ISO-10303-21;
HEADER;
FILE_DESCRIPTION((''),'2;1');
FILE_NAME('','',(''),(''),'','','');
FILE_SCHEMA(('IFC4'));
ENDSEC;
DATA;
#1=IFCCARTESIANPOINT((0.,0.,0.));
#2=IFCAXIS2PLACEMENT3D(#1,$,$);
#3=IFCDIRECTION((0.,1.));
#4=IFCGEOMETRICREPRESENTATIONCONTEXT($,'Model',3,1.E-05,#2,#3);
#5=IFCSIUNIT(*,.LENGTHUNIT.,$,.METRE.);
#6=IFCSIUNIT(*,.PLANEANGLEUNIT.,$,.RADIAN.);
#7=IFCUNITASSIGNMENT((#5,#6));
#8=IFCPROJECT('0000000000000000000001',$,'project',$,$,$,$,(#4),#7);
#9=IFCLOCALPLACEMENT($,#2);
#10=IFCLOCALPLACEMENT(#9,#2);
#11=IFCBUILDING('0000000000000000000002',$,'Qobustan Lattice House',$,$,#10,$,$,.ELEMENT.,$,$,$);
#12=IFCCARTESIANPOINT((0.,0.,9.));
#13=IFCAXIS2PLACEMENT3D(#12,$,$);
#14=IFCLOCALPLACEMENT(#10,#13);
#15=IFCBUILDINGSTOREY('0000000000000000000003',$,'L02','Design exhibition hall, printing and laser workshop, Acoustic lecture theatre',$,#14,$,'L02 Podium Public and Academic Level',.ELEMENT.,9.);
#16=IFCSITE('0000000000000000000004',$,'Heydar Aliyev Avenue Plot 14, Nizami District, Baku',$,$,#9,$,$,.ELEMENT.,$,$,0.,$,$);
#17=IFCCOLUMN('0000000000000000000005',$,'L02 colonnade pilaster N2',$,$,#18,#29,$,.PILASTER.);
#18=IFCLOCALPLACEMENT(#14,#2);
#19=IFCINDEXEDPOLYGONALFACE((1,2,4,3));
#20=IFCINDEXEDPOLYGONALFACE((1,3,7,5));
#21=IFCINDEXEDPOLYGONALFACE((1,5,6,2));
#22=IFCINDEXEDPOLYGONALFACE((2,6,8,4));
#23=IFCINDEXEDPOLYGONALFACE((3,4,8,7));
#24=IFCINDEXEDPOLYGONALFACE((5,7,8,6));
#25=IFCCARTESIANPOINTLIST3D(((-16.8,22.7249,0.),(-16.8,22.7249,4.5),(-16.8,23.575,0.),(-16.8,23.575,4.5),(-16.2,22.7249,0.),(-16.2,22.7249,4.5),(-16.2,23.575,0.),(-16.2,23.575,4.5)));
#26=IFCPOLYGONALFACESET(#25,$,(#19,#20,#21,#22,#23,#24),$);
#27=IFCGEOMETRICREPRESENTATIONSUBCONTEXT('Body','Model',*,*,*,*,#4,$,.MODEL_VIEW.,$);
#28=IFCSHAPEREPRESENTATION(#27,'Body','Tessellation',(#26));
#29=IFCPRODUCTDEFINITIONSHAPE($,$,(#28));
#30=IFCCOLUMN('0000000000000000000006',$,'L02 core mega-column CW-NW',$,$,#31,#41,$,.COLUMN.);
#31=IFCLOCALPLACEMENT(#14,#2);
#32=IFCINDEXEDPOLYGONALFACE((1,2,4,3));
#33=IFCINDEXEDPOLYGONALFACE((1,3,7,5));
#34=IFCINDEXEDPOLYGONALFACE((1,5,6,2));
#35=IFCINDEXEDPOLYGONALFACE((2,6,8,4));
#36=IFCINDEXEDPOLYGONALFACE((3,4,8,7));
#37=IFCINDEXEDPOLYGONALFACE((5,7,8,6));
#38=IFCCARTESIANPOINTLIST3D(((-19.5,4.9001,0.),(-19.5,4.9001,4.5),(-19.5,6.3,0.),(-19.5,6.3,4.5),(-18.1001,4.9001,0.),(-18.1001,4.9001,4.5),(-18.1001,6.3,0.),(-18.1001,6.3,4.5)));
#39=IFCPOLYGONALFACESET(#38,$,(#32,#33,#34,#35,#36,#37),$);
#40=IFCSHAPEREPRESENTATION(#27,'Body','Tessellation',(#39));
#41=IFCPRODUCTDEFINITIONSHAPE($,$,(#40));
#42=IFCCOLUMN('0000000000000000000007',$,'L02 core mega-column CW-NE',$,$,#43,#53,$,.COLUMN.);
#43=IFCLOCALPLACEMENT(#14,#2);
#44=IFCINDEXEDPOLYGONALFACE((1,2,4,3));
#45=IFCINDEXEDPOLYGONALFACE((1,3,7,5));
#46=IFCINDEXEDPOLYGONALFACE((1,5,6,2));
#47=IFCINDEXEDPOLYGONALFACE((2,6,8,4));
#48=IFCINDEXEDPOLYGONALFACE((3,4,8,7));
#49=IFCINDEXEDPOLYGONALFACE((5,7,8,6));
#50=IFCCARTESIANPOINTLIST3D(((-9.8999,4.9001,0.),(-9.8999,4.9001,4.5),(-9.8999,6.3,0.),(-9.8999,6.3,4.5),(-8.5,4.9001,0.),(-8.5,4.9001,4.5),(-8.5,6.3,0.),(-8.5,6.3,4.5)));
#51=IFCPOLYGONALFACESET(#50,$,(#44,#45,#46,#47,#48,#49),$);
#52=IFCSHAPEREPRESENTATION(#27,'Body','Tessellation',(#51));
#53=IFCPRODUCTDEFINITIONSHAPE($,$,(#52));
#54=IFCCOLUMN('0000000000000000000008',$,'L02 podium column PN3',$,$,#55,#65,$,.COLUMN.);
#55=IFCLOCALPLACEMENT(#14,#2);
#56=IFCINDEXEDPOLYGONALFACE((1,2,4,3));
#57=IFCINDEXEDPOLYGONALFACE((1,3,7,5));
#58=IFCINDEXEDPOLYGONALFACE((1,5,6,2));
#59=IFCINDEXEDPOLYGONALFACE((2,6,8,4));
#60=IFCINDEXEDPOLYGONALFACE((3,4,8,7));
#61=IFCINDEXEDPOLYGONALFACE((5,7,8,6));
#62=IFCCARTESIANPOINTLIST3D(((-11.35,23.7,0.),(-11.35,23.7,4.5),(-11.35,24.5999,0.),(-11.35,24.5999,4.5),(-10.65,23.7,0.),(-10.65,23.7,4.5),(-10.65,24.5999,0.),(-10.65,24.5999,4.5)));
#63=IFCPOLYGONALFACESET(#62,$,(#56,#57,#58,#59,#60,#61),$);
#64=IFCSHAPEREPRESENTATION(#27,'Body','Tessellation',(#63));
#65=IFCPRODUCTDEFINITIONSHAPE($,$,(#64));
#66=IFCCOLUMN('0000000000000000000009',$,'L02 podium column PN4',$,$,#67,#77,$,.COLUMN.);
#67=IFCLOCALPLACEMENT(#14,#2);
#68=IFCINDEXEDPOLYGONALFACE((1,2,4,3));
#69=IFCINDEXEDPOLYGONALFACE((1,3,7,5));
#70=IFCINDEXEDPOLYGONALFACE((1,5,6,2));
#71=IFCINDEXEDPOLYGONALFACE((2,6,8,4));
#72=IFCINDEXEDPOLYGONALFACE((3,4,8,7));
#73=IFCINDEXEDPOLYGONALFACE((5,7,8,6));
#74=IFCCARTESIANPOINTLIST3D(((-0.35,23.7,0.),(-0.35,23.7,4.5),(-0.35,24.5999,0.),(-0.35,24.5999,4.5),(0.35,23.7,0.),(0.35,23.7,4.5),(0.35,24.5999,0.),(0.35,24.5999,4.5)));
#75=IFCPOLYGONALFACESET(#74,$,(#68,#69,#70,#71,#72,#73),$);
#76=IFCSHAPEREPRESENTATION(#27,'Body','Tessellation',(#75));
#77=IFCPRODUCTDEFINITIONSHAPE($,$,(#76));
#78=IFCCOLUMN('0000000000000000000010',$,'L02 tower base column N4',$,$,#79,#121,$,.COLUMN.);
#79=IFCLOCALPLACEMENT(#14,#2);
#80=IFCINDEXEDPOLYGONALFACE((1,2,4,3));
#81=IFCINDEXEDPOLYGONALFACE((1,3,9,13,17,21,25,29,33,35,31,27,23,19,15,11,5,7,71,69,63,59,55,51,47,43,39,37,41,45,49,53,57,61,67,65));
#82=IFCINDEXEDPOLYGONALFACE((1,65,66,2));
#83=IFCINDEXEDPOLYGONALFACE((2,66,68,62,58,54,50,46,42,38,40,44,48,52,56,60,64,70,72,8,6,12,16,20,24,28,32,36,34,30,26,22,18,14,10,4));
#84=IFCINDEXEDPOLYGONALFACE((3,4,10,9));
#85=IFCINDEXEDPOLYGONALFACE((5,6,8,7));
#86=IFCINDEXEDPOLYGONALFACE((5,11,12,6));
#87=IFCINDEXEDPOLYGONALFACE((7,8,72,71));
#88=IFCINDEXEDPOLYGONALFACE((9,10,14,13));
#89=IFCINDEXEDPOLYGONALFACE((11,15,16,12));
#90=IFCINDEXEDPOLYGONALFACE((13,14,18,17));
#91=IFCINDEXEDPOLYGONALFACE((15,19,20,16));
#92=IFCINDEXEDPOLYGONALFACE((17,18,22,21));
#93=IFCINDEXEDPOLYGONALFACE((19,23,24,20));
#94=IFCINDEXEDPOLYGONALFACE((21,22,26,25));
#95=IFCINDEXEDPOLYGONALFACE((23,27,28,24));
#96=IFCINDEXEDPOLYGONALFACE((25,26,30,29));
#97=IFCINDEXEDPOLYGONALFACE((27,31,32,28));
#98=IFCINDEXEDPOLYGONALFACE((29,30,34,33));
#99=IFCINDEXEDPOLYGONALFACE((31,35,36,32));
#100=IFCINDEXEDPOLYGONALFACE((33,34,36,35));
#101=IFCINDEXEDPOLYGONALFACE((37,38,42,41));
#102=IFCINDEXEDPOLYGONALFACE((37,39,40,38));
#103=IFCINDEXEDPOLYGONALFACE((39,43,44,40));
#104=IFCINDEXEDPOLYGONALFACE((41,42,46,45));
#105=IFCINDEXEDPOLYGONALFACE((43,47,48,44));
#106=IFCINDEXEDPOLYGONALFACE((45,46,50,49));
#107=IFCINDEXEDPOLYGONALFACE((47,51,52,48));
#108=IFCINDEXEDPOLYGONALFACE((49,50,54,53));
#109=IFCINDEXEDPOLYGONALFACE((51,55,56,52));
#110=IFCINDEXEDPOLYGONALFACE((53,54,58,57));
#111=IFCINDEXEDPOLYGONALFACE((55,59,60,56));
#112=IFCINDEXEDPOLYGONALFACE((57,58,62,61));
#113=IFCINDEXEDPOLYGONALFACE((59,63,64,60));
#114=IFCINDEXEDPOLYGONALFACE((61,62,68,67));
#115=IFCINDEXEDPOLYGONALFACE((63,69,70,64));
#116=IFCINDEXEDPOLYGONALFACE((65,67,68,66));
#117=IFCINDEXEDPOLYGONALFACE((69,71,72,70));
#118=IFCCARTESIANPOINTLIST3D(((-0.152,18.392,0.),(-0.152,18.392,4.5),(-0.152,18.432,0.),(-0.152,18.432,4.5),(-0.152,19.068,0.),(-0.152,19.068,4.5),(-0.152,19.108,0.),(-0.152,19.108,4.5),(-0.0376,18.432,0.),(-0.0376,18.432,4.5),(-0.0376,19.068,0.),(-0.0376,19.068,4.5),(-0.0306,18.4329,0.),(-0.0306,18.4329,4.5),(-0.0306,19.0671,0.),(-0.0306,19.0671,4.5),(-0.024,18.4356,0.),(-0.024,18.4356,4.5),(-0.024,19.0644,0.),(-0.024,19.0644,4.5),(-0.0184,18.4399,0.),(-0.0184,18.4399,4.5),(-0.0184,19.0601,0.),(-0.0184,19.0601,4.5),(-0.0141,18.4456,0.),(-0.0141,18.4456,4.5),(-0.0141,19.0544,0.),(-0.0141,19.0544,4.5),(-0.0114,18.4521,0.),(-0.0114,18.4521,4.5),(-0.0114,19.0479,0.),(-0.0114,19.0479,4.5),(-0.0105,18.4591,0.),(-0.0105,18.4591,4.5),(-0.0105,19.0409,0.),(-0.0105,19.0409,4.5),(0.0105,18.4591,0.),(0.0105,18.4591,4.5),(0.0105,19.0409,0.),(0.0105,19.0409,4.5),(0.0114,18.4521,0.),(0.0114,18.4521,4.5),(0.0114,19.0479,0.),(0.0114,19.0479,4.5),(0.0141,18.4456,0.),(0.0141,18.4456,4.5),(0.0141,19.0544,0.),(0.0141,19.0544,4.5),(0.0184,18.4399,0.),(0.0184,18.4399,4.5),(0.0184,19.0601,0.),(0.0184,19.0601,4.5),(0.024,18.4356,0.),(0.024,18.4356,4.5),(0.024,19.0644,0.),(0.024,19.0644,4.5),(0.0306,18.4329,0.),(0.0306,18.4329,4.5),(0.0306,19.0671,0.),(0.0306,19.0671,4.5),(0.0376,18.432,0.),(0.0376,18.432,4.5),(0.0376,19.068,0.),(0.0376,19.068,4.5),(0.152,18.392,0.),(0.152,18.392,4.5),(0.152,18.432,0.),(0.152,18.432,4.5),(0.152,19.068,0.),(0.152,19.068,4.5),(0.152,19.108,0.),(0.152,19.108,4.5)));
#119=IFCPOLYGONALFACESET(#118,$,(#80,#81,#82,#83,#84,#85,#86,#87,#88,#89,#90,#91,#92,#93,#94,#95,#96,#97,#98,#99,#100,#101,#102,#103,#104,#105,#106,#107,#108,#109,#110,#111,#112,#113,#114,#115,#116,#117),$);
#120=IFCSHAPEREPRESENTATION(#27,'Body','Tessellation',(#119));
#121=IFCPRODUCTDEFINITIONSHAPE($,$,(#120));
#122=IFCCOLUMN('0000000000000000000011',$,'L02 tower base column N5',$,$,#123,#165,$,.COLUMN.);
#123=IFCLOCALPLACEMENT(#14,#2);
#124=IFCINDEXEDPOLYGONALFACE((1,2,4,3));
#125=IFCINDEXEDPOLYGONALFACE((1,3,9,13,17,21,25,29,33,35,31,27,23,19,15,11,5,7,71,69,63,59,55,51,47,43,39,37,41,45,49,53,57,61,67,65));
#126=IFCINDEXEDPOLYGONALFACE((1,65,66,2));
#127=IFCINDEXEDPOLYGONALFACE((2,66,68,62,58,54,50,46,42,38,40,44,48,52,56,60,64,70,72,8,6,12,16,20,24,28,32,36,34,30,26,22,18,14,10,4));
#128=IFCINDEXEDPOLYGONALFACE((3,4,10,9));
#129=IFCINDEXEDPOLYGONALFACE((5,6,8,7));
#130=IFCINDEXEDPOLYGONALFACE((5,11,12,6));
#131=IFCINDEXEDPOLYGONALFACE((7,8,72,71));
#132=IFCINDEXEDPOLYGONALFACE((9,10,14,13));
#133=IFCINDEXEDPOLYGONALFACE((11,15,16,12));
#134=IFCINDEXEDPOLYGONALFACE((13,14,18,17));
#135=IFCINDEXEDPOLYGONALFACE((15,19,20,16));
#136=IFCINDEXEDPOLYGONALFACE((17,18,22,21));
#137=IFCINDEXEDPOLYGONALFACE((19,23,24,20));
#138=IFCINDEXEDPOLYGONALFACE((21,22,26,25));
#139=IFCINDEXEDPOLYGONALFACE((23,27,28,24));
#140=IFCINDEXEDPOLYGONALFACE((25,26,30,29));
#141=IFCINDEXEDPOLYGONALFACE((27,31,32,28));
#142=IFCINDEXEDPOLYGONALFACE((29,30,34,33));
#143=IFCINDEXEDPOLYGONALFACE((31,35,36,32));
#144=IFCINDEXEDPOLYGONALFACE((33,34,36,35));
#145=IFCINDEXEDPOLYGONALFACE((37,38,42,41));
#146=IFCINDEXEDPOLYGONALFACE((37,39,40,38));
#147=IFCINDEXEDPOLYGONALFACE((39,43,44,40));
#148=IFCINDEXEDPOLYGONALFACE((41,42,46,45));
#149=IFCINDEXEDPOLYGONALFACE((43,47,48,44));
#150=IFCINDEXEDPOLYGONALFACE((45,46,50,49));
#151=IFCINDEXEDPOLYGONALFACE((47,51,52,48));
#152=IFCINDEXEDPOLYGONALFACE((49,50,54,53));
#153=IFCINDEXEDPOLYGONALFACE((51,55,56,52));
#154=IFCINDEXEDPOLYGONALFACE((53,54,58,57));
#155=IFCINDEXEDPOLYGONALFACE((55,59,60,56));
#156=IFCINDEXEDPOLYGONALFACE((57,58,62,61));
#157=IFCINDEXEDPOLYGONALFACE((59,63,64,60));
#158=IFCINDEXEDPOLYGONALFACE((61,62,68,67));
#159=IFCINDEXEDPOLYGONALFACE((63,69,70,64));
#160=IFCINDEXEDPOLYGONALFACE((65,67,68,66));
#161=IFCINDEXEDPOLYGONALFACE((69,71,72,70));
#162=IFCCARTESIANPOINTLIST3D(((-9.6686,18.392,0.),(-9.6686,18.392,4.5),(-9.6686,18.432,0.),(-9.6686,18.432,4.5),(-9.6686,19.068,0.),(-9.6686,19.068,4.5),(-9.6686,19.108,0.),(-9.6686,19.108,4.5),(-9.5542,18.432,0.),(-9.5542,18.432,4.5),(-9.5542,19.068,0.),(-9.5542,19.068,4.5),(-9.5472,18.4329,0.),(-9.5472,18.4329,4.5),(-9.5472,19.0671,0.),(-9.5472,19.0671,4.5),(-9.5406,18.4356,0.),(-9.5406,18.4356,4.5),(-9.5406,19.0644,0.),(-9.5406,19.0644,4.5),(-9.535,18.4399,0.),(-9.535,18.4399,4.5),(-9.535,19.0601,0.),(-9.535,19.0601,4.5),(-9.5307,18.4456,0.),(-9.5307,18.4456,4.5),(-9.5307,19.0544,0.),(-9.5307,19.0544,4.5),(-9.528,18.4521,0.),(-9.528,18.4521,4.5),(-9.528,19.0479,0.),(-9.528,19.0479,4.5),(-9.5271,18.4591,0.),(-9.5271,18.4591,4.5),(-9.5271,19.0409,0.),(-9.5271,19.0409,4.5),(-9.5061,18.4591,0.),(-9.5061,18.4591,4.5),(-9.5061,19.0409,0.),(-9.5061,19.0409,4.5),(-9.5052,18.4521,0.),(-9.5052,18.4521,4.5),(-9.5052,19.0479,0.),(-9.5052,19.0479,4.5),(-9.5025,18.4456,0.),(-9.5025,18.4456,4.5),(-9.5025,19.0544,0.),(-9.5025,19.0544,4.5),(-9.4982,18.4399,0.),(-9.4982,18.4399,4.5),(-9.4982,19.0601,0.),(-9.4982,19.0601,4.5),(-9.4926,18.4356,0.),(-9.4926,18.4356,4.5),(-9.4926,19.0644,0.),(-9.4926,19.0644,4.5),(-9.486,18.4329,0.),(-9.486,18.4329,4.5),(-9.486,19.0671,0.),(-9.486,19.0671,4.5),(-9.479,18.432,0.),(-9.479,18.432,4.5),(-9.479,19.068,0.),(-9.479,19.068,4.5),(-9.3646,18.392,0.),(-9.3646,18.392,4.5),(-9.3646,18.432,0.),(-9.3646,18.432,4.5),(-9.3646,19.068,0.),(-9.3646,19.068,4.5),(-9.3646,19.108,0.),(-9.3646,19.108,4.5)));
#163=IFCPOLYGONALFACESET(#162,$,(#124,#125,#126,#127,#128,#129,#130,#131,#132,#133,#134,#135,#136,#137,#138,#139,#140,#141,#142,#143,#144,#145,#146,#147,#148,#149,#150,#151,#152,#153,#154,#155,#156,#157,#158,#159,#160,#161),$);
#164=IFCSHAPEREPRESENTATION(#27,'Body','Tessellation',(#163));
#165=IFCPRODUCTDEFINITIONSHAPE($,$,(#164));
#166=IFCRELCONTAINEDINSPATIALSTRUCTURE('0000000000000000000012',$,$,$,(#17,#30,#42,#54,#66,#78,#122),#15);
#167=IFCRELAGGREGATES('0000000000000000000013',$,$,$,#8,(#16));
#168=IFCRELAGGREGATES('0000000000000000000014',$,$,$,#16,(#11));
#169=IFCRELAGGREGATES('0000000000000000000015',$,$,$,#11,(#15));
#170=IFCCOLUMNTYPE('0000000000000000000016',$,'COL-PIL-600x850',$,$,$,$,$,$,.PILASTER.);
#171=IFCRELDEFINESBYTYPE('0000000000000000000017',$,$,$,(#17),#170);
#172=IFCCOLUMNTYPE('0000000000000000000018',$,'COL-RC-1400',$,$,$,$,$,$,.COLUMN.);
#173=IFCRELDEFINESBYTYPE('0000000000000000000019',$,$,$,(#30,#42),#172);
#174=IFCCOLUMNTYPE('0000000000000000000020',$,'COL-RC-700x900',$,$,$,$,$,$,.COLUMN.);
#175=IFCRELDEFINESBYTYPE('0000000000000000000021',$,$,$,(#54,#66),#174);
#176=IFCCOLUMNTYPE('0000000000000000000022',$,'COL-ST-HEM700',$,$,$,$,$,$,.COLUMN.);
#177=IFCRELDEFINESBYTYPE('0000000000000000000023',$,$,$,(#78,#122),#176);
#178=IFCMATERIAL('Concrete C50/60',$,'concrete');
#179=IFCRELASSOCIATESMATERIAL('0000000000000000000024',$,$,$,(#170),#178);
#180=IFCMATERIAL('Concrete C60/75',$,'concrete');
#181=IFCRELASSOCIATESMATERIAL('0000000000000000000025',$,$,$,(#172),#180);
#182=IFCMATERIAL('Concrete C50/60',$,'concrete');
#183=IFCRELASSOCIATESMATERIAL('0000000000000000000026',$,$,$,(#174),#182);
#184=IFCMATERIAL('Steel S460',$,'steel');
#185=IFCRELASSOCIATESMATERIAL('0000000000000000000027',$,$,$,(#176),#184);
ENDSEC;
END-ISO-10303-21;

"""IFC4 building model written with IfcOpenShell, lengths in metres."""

from ifc_helpers import new_model, si_unit, direction, frame, origin, origin_2d, place, context, subcontext, project, spatial, rectangle, i_section, extrude, material, material_profile, profile_set, type_object, element, save


model = new_model("IFC4")

# Units and contexts
model_context = context("Model", 3, precision=1e-05, world=origin(), true_north=direction((0.0, 1.0)))
body_context = subcontext(model_context, "Body", "Model", "MODEL_VIEW")
ifc_project = project(units=[si_unit("LENGTHUNIT", "METRE"), si_unit("PLANEANGLEUNIT", "RADIAN")], contexts=[model_context])

# Site, building, storey
site_placement = place(None, origin())
site = spatial("IfcSite", under=ifc_project, at=site_placement, Name="Heydar Aliyev Avenue Plot 14, Nizami District, Baku", CompositionType="ELEMENT", RefElevation=0.0)
building_placement = place(site_placement, origin())
building = spatial("IfcBuilding", under=site, at=building_placement, Name="Qobustan Lattice House", CompositionType="ELEMENT")
storey_placement = place(building_placement, frame((0.0, 0.0, 9.0)))
storey = spatial("IfcBuildingStorey", under=building, at=storey_placement, Name="L02", Description="Design exhibition hall, printing and laser workshop, Acoustic lecture theatre", LongName="L02 Podium Public and Academic Level", CompositionType="ELEMENT", Elevation=9.0)

# Columns
ifc_material_1 = material(Name="Concrete C50/60", Category="concrete")
ifc_material_profile_1 = material_profile(ifc_material_1, rectangle(XDim=0.6001, YDim=0.8501, at=origin_2d()), Name="RC600x850")
ifc_profile_set_1 = profile_set([ifc_material_profile_1], Name="Concrete C50/60")
column_type_1 = type_object("IfcColumnType", Name="COL-PIL-600x850", PredefinedType="PILASTER", material=ifc_profile_set_1)
column_placement = place(storey_placement, frame((-16.5, 23.1499, 0.0), z_axis=(0.0, 0.0, 1.0), x_axis=(1.0, 0.0, 0.0)))
element("IfcColumn", 1, at=column_placement, inside=storey, type_object=column_type_1, Name="L02 colonnade pilaster N2", PredefinedType="PILASTER", context=body_context, shape_type="SweptSolid", body=[
    extrude(rectangle(XDim=0.6001, YDim=0.8501, at=origin_2d()), origin(), (0.0, 0.0, 1.0), 4.5),
])
ifc_material_2 = material(Name="Concrete C60/75", Category="concrete")
ifc_material_profile_2 = material_profile(ifc_material_2, rectangle(XDim=1.3999, YDim=1.3999, at=origin_2d()), Name="RC1400x1400")
ifc_profile_set_2 = profile_set([ifc_material_profile_2], Name="Concrete C60/75")
column_type_2 = type_object("IfcColumnType", Name="COL-RC-1400", PredefinedType="COLUMN", material=ifc_profile_set_2)
for number, where, z_axis, x_axis, name in (
    (2, (-18.8, 5.6001, 0.0), (0.0, 0.0, 1.0), (1.0, 0.0, 0.0), "L02 core mega-column CW-NW"),
    (3, (-9.2, 5.6001, 0.0), (0.0, 0.0, 1.0), (1.0, 0.0, 0.0), "L02 core mega-column CW-NE"),
):
    element("IfcColumn", number, at=place(storey_placement, frame(where, z_axis=z_axis, x_axis=x_axis)), inside=storey, type_object=column_type_2, Name=name, PredefinedType="COLUMN", context=body_context, shape_type="SweptSolid", body=[
        extrude(rectangle(XDim=1.3999, YDim=1.3999, at=origin_2d()), origin(), (0.0, 0.0, 1.0), 4.5),
    ])
ifc_material_3 = material(Name="Concrete C50/60", Category="concrete")
ifc_material_profile_3 = material_profile(ifc_material_3, rectangle(XDim=0.7, YDim=0.8999, at=origin_2d()), Name="RC700x900")
ifc_profile_set_3 = profile_set([ifc_material_profile_3], Name="Concrete C50/60")
column_type_3 = type_object("IfcColumnType", Name="COL-RC-700x900", PredefinedType="COLUMN", material=ifc_profile_set_3)
for number, where, z_axis, x_axis, name in (
    (4, (-11.0, 24.1499, 0.0), (0.0, 0.0, 1.0), (1.0, 0.0, 0.0), "L02 podium column PN3"),
    (5, (0.0, 24.1499, 0.0), (0.0, 0.0, 1.0), (1.0, 0.0, 0.0), "L02 podium column PN4"),
):
    element("IfcColumn", number, at=place(storey_placement, frame(where, z_axis=z_axis, x_axis=x_axis)), inside=storey, type_object=column_type_3, Name=name, PredefinedType="COLUMN", context=body_context, shape_type="SweptSolid", body=[
        extrude(rectangle(XDim=0.7, YDim=0.8999, at=origin_2d()), origin(), (0.0, 0.0, 1.0), 4.5),
    ])
ifc_material_4 = material(Name="Steel S460", Category="steel")
ifc_material_profile_4 = material_profile(ifc_material_4, i_section(OverallWidth=0.304, OverallDepth=0.7161, WebThickness=0.021, FlangeThickness=0.04, FilletRadius=0.0271, at=origin_2d()), Name="HEM700")
ifc_profile_set_4 = profile_set([ifc_material_profile_4], Name="Steel S460")
column_type_4 = type_object("IfcColumnType", Name="COL-ST-HEM700", PredefinedType="COLUMN", material=ifc_profile_set_4)
for number, where, z_axis, x_axis, name in (
    (6, (0.0, 18.75, 0.0), (0.0, 0.0, 1.0), (1.0, 0.0, 0.0), "L02 tower base column N4"),
    (7, (-9.5166, 18.75, 0.0), (0.0, 0.0, 1.0), (1.0, 0.0, 0.0), "L02 tower base column N5"),
):
    element("IfcColumn", number, at=place(storey_placement, frame(where, z_axis=z_axis, x_axis=x_axis)), inside=storey, type_object=column_type_4, Name=name, PredefinedType="COLUMN", context=body_context, shape_type="SweptSolid", body=[
        extrude(i_section(OverallWidth=0.304, OverallDepth=0.7161, WebThickness=0.021, FlangeThickness=0.04, FilletRadius=0.0271, at=origin_2d()), origin(), (0.0, 0.0, 1.0), 4.5),
    ])

save(model, "model.ifc")
